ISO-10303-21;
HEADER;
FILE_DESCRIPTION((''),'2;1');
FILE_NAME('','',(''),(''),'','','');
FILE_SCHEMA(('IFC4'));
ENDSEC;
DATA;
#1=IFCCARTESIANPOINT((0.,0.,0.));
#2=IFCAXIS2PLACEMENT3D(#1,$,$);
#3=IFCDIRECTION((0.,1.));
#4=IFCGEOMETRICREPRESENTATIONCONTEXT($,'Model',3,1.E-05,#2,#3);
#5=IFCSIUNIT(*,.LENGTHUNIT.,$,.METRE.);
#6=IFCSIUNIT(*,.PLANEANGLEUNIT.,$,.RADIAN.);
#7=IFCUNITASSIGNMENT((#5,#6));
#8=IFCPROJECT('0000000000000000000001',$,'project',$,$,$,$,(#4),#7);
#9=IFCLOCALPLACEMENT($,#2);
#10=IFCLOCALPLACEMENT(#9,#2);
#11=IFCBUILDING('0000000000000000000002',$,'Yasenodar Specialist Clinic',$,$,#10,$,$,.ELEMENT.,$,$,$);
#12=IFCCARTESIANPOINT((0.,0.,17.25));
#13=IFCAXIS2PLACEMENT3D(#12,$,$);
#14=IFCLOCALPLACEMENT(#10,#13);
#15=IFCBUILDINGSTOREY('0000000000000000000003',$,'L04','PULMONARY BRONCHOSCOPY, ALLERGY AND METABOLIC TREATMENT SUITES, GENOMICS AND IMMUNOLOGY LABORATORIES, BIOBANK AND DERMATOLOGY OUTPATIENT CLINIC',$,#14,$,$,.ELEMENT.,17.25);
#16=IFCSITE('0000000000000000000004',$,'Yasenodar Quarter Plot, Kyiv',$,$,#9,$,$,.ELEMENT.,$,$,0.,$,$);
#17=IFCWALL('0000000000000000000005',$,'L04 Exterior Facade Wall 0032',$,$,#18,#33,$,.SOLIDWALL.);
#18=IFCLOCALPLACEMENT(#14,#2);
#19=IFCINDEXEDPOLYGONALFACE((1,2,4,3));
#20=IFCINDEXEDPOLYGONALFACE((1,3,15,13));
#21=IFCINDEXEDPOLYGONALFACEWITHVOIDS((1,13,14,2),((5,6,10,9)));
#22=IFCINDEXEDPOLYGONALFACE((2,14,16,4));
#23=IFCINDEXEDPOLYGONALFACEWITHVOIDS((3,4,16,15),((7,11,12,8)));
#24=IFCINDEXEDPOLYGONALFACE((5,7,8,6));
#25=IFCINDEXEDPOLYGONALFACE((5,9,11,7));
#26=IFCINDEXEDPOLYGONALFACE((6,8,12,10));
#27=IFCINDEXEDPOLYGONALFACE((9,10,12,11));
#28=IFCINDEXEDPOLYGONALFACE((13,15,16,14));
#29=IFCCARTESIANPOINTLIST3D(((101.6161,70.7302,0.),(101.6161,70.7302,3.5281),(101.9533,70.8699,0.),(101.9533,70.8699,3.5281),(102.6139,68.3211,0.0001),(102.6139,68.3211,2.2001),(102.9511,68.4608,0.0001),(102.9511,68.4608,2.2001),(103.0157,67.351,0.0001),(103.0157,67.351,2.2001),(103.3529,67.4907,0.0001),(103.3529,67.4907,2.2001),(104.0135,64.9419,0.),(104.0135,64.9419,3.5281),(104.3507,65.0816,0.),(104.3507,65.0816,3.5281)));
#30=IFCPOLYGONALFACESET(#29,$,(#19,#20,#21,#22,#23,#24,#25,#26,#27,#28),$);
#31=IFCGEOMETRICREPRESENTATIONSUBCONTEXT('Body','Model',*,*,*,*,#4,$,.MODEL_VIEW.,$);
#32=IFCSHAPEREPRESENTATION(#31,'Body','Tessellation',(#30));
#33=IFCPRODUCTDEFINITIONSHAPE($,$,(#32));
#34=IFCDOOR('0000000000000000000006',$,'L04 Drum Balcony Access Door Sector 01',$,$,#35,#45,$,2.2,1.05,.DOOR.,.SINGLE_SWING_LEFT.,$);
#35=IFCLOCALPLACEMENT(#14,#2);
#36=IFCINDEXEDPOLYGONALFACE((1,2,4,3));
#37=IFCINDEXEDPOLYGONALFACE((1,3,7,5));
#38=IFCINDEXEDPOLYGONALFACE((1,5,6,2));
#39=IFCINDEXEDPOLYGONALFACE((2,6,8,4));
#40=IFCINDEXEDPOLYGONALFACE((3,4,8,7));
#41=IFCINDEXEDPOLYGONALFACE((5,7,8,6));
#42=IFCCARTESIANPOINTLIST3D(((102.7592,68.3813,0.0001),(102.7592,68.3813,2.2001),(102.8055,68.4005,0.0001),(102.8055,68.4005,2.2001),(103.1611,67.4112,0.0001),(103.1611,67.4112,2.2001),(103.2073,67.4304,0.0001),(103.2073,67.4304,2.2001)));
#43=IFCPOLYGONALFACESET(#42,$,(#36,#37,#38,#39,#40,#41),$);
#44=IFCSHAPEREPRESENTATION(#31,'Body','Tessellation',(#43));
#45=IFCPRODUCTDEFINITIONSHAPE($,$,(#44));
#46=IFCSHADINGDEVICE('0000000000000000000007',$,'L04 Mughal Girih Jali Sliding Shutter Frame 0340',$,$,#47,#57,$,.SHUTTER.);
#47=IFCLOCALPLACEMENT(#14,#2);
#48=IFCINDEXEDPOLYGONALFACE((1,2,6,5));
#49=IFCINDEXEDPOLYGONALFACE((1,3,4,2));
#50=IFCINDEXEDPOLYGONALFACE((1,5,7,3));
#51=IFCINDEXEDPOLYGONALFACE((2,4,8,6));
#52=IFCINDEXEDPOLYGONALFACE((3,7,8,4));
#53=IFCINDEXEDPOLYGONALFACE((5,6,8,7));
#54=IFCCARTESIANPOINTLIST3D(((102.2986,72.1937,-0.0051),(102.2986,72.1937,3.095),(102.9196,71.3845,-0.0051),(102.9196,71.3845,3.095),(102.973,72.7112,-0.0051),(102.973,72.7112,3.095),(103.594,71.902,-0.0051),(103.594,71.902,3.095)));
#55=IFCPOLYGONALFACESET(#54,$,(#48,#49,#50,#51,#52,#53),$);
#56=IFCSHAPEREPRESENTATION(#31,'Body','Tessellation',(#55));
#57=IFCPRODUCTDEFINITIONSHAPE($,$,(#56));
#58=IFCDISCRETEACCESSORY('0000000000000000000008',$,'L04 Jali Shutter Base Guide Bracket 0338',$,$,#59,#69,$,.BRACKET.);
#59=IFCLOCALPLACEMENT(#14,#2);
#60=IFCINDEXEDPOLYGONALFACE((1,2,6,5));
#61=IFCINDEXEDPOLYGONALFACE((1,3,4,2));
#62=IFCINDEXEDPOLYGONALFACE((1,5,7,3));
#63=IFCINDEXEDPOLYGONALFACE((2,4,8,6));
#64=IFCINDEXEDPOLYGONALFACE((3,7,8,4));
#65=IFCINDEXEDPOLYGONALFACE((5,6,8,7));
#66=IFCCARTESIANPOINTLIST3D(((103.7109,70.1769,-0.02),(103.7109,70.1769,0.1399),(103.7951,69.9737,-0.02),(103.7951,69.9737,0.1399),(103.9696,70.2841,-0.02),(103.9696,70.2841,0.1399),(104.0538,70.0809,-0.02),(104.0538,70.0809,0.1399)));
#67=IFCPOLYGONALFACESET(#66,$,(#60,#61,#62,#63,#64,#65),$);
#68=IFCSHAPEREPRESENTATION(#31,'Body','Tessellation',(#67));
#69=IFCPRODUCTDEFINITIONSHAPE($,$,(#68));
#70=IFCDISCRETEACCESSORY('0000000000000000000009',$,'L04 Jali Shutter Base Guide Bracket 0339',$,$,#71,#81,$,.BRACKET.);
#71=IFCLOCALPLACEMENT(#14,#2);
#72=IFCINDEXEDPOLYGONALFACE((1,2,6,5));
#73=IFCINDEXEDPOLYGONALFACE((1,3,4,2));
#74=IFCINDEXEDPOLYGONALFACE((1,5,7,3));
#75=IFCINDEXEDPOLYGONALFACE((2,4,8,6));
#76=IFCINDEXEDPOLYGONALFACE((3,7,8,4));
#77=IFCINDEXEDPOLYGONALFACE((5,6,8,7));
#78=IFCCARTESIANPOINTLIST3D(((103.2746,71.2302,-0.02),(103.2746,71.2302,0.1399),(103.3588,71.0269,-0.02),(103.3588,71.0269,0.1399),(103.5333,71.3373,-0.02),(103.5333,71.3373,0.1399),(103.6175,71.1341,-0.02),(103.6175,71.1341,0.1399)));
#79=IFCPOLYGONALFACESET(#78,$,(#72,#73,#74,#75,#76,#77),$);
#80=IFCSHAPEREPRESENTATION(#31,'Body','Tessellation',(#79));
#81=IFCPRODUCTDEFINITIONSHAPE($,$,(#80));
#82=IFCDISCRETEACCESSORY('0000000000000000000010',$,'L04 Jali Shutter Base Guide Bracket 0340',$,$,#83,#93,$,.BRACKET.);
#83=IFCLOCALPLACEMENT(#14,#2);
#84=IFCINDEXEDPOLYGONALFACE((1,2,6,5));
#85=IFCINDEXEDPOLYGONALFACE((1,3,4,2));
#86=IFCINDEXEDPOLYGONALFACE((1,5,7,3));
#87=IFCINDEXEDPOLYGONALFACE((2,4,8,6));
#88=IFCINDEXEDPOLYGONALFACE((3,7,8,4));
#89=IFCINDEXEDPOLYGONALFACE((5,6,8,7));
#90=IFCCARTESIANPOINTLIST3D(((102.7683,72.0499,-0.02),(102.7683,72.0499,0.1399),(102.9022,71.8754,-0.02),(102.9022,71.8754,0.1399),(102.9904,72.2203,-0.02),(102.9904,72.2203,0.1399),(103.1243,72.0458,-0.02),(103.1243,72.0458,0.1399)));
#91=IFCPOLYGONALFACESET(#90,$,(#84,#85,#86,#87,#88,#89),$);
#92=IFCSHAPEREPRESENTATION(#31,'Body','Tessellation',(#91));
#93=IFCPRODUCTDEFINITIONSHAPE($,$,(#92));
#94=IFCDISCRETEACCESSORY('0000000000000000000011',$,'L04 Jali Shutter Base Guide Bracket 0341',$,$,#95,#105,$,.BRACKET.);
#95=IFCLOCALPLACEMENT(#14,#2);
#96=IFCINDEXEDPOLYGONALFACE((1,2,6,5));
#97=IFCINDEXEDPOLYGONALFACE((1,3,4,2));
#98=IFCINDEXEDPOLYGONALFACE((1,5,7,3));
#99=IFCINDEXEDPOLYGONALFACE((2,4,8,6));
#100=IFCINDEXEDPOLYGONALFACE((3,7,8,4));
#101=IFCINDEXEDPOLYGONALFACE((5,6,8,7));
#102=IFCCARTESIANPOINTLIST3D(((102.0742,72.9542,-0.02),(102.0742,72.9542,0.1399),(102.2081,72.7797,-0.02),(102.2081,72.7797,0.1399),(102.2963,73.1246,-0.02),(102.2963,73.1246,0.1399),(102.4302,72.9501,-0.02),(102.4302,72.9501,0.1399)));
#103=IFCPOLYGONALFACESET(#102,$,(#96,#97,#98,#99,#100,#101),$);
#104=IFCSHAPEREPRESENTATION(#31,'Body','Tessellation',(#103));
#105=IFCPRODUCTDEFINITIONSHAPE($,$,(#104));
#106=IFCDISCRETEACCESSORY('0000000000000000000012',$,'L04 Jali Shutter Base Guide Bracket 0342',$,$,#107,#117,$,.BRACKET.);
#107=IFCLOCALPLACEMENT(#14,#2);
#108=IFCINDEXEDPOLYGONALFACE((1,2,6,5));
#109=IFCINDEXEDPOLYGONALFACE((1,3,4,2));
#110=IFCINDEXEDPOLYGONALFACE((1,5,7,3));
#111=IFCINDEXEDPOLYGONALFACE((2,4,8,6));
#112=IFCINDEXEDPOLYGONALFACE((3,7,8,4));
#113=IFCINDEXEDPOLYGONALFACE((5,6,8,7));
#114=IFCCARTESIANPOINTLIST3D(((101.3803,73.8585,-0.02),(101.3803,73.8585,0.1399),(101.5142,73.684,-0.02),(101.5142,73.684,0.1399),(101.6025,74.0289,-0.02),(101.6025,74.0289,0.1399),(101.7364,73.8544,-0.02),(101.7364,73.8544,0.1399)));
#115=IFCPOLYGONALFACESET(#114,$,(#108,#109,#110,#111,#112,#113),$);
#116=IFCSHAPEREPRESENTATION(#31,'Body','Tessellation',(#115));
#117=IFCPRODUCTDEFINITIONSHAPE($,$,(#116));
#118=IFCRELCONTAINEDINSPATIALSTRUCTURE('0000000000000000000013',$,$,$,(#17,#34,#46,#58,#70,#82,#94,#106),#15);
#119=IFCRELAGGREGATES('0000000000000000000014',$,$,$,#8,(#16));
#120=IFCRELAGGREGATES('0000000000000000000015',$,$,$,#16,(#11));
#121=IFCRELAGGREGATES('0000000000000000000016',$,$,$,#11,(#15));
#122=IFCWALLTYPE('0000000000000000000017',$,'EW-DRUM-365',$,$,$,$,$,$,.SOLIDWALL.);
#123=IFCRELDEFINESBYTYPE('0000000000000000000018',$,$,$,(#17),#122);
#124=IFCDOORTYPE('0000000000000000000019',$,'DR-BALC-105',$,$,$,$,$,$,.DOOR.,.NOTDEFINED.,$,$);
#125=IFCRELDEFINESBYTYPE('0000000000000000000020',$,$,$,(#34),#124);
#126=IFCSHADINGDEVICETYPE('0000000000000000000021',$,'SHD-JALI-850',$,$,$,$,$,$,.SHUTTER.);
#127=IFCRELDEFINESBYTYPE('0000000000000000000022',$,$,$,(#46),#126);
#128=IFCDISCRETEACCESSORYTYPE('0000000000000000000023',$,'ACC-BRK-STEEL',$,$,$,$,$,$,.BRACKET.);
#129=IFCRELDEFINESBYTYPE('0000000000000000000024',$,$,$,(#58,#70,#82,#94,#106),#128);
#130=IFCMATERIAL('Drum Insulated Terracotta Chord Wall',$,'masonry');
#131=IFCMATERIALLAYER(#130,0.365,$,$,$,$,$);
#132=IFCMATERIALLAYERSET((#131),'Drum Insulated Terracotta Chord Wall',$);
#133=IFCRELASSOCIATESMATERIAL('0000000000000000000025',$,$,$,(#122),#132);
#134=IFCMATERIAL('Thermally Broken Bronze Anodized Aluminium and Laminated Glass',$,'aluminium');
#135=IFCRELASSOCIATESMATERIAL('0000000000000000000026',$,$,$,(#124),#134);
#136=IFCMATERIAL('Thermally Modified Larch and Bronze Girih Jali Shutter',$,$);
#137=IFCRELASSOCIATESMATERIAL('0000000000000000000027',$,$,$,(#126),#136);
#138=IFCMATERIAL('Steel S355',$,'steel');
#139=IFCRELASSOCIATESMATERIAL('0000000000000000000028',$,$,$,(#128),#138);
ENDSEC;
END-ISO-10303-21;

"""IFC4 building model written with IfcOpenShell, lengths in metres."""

from ifc_helpers import new_model, si_unit, direction, frame, frame_2d, origin, origin_2d, place, context, subcontext, project, spatial, rectangle, extrude, material, layer, layer_set, type_object, element, fill, save


model = new_model("IFC4")

# Units and contexts
model_context = context("Model", 3, precision=1e-05, world=origin(), true_north=direction((0.0, 1.0)))
body_context = subcontext(model_context, "Body", "Model", "MODEL_VIEW")
ifc_project = project(units=[si_unit("LENGTHUNIT", "METRE"), si_unit("PLANEANGLEUNIT", "RADIAN")], contexts=[model_context])

# Site, building, storey
site_placement = place(None, origin())
site = spatial("IfcSite", under=ifc_project, at=site_placement, Name="Yasenodar Quarter Plot, Kyiv", CompositionType="ELEMENT", RefElevation=0.0)
building_placement = place(site_placement, origin())
building = spatial("IfcBuilding", under=site, at=building_placement, Name="Yasenodar Specialist Clinic", CompositionType="ELEMENT")
storey_placement = place(building_placement, frame((0.0, 0.0, 17.25)))
storey = spatial("IfcBuildingStorey", under=building, at=storey_placement, Name="L04", Description="PULMONARY BRONCHOSCOPY, ALLERGY AND METABOLIC TREATMENT SUITES, GENOMICS AND IMMUNOLOGY LABORATORIES, BIOBANK AND DERMATOLOGY OUTPATIENT CLINIC", CompositionType="ELEMENT", Elevation=17.25)

# Shared definitions
ifc_material_1 = material(Name="Steel S355", Category="steel")

# Wall, opening, door
ifc_material_2 = material(Name="Drum Insulated Terracotta Chord Wall", Category="masonry")
ifc_layer_1 = layer(ifc_material_2, 0.365)
ifc_layer_set_1 = layer_set([ifc_layer_1], Name="Drum Insulated Terracotta Chord Wall")
wall_type = type_object("IfcWallType", Name="EW-DRUM-365", PredefinedType="SOLIDWALL", material=ifc_layer_set_1)
wall_placement = place(storey_placement, frame((101.7847, 70.8, 0.0), z_axis=(0.0, 0.0, 1.0), x_axis=(0.382664, -0.923888, 0.0)))
wall = element("IfcWall", 1, at=wall_placement, inside=storey, type_object=wall_type, Name="L04 Exterior Facade Wall 0032", PredefinedType="SOLIDWALL", context=body_context, shape_type="SweptSolid", body=[
    extrude(rectangle(XDim=6.2651, YDim=0.365, at=frame_2d((3.1326, 0.0))), origin(), (0.0, 0.0, 1.0), 3.5281),
])
opening_placement = place(wall_placement, frame((2.6077, 0.0, 0.0)))
opening = element("IfcOpeningElement", 2, at=opening_placement, cuts=wall, PredefinedType="OPENING", context=body_context, shape_type="SweptSolid", body=[
    extrude(rectangle(XDim=1.05, YDim=2.2, at=frame_2d((0.5249, 1.1001))), frame((0.0, 0.1924, 0.0), z_axis=(0.0, -1.0, 0.0), x_axis=(1.0, 0.0, 0.0)), (0.0, 0.0, 1.0), 0.385),
])
ifc_material_3 = material(Name="Thermally Broken Bronze Anodized Aluminium and Laminated Glass", Category="aluminium")
door_type = type_object("IfcDoorType", Name="DR-BALC-105", OperationType="NOTDEFINED", PredefinedType="DOOR", material=ifc_material_3)
door_placement = place(opening_placement, origin())
door = element("IfcDoor", 3, at=door_placement, inside=storey, type_object=door_type, Name="L04 Drum Balcony Access Door Sector 01", OperationType="SINGLE_SWING_LEFT", OverallHeight=2.2, OverallWidth=1.05, PredefinedType="DOOR", context=body_context, shape_type="SweptSolid", body=[
    extrude(rectangle(XDim=1.05, YDim=2.2, at=frame_2d((0.5249, 1.1001))), frame((0.0, 0.0249, 0.0), z_axis=(0.0, -1.0, 0.0), x_axis=(1.0, 0.0, 0.0)), (0.0, 0.0, 1.0), 0.05),
])
fill(opening, door)

# Shading device
ifc_material_4 = material(Name="Thermally Modified Larch and Bronze Girih Jali Shutter")
shading_device_type = type_object("IfcShadingDeviceType", Name="SHD-JALI-850", PredefinedType="SHUTTER", material=ifc_material_4)
shading_device_placement = place(storey_placement, frame((102.9463, 72.0479, -0.0051), z_axis=(0.0, 0.0, 1.0), x_axis=(-0.608764, 0.793351, 0.0)))
element("IfcShadingDevice", 4, at=shading_device_placement, inside=storey, type_object=shading_device_type, Name="L04 Mughal Girih Jali Sliding Shutter Frame 0340", PredefinedType="SHUTTER", context=body_context, shape_type="SweptSolid", body=[
    extrude(rectangle(XDim=1.02, YDim=0.8501, at=origin_2d()), origin(), (0.0, 0.0, 1.0), 3.1001),
])

# Discrete accessories
discrete_accessory_type = type_object("IfcDiscreteAccessoryType", Name="ACC-BRK-STEEL", PredefinedType="BRACKET", material=ifc_material_1)
for number, where, z_axis, x_axis, name in (
    (5, (103.8823, 70.1289, -0.02), (0.0, 0.0, 1.0), (-0.382687, 0.923878, 0.0), "L04 Jali Shutter Base Guide Bracket 0338"),
    (6, (103.446, 71.1821, -0.02), (0.0, 0.0, 1.0), (-0.382687, 0.923878, 0.0), "L04 Jali Shutter Base Guide Bracket 0339"),
    (7, (102.9463, 72.0479, -0.02), (0.0, 0.0, 1.0), (-0.608764, 0.793351, 0.0), "L04 Jali Shutter Base Guide Bracket 0340"),
    (8, (102.2522, 72.9521, -0.02), (0.0, 0.0, 1.0), (-0.608764, 0.793351, 0.0), "L04 Jali Shutter Base Guide Bracket 0341"),
    (9, (101.5583, 73.8564, -0.02), (0.0, 0.0, 1.0), (-0.608764, 0.793351, 0.0), "L04 Jali Shutter Base Guide Bracket 0342"),
):
    element("IfcDiscreteAccessory", number, at=place(storey_placement, frame(where, z_axis=z_axis, x_axis=x_axis)), inside=storey, type_object=discrete_accessory_type, Name=name, PredefinedType="BRACKET", context=body_context, shape_type="SweptSolid", body=[
        extrude(rectangle(XDim=0.22, YDim=0.28, at=origin_2d()), origin(), (0.0, 0.0, 1.0), 0.1599),
    ])

save(model, "model.ifc")
